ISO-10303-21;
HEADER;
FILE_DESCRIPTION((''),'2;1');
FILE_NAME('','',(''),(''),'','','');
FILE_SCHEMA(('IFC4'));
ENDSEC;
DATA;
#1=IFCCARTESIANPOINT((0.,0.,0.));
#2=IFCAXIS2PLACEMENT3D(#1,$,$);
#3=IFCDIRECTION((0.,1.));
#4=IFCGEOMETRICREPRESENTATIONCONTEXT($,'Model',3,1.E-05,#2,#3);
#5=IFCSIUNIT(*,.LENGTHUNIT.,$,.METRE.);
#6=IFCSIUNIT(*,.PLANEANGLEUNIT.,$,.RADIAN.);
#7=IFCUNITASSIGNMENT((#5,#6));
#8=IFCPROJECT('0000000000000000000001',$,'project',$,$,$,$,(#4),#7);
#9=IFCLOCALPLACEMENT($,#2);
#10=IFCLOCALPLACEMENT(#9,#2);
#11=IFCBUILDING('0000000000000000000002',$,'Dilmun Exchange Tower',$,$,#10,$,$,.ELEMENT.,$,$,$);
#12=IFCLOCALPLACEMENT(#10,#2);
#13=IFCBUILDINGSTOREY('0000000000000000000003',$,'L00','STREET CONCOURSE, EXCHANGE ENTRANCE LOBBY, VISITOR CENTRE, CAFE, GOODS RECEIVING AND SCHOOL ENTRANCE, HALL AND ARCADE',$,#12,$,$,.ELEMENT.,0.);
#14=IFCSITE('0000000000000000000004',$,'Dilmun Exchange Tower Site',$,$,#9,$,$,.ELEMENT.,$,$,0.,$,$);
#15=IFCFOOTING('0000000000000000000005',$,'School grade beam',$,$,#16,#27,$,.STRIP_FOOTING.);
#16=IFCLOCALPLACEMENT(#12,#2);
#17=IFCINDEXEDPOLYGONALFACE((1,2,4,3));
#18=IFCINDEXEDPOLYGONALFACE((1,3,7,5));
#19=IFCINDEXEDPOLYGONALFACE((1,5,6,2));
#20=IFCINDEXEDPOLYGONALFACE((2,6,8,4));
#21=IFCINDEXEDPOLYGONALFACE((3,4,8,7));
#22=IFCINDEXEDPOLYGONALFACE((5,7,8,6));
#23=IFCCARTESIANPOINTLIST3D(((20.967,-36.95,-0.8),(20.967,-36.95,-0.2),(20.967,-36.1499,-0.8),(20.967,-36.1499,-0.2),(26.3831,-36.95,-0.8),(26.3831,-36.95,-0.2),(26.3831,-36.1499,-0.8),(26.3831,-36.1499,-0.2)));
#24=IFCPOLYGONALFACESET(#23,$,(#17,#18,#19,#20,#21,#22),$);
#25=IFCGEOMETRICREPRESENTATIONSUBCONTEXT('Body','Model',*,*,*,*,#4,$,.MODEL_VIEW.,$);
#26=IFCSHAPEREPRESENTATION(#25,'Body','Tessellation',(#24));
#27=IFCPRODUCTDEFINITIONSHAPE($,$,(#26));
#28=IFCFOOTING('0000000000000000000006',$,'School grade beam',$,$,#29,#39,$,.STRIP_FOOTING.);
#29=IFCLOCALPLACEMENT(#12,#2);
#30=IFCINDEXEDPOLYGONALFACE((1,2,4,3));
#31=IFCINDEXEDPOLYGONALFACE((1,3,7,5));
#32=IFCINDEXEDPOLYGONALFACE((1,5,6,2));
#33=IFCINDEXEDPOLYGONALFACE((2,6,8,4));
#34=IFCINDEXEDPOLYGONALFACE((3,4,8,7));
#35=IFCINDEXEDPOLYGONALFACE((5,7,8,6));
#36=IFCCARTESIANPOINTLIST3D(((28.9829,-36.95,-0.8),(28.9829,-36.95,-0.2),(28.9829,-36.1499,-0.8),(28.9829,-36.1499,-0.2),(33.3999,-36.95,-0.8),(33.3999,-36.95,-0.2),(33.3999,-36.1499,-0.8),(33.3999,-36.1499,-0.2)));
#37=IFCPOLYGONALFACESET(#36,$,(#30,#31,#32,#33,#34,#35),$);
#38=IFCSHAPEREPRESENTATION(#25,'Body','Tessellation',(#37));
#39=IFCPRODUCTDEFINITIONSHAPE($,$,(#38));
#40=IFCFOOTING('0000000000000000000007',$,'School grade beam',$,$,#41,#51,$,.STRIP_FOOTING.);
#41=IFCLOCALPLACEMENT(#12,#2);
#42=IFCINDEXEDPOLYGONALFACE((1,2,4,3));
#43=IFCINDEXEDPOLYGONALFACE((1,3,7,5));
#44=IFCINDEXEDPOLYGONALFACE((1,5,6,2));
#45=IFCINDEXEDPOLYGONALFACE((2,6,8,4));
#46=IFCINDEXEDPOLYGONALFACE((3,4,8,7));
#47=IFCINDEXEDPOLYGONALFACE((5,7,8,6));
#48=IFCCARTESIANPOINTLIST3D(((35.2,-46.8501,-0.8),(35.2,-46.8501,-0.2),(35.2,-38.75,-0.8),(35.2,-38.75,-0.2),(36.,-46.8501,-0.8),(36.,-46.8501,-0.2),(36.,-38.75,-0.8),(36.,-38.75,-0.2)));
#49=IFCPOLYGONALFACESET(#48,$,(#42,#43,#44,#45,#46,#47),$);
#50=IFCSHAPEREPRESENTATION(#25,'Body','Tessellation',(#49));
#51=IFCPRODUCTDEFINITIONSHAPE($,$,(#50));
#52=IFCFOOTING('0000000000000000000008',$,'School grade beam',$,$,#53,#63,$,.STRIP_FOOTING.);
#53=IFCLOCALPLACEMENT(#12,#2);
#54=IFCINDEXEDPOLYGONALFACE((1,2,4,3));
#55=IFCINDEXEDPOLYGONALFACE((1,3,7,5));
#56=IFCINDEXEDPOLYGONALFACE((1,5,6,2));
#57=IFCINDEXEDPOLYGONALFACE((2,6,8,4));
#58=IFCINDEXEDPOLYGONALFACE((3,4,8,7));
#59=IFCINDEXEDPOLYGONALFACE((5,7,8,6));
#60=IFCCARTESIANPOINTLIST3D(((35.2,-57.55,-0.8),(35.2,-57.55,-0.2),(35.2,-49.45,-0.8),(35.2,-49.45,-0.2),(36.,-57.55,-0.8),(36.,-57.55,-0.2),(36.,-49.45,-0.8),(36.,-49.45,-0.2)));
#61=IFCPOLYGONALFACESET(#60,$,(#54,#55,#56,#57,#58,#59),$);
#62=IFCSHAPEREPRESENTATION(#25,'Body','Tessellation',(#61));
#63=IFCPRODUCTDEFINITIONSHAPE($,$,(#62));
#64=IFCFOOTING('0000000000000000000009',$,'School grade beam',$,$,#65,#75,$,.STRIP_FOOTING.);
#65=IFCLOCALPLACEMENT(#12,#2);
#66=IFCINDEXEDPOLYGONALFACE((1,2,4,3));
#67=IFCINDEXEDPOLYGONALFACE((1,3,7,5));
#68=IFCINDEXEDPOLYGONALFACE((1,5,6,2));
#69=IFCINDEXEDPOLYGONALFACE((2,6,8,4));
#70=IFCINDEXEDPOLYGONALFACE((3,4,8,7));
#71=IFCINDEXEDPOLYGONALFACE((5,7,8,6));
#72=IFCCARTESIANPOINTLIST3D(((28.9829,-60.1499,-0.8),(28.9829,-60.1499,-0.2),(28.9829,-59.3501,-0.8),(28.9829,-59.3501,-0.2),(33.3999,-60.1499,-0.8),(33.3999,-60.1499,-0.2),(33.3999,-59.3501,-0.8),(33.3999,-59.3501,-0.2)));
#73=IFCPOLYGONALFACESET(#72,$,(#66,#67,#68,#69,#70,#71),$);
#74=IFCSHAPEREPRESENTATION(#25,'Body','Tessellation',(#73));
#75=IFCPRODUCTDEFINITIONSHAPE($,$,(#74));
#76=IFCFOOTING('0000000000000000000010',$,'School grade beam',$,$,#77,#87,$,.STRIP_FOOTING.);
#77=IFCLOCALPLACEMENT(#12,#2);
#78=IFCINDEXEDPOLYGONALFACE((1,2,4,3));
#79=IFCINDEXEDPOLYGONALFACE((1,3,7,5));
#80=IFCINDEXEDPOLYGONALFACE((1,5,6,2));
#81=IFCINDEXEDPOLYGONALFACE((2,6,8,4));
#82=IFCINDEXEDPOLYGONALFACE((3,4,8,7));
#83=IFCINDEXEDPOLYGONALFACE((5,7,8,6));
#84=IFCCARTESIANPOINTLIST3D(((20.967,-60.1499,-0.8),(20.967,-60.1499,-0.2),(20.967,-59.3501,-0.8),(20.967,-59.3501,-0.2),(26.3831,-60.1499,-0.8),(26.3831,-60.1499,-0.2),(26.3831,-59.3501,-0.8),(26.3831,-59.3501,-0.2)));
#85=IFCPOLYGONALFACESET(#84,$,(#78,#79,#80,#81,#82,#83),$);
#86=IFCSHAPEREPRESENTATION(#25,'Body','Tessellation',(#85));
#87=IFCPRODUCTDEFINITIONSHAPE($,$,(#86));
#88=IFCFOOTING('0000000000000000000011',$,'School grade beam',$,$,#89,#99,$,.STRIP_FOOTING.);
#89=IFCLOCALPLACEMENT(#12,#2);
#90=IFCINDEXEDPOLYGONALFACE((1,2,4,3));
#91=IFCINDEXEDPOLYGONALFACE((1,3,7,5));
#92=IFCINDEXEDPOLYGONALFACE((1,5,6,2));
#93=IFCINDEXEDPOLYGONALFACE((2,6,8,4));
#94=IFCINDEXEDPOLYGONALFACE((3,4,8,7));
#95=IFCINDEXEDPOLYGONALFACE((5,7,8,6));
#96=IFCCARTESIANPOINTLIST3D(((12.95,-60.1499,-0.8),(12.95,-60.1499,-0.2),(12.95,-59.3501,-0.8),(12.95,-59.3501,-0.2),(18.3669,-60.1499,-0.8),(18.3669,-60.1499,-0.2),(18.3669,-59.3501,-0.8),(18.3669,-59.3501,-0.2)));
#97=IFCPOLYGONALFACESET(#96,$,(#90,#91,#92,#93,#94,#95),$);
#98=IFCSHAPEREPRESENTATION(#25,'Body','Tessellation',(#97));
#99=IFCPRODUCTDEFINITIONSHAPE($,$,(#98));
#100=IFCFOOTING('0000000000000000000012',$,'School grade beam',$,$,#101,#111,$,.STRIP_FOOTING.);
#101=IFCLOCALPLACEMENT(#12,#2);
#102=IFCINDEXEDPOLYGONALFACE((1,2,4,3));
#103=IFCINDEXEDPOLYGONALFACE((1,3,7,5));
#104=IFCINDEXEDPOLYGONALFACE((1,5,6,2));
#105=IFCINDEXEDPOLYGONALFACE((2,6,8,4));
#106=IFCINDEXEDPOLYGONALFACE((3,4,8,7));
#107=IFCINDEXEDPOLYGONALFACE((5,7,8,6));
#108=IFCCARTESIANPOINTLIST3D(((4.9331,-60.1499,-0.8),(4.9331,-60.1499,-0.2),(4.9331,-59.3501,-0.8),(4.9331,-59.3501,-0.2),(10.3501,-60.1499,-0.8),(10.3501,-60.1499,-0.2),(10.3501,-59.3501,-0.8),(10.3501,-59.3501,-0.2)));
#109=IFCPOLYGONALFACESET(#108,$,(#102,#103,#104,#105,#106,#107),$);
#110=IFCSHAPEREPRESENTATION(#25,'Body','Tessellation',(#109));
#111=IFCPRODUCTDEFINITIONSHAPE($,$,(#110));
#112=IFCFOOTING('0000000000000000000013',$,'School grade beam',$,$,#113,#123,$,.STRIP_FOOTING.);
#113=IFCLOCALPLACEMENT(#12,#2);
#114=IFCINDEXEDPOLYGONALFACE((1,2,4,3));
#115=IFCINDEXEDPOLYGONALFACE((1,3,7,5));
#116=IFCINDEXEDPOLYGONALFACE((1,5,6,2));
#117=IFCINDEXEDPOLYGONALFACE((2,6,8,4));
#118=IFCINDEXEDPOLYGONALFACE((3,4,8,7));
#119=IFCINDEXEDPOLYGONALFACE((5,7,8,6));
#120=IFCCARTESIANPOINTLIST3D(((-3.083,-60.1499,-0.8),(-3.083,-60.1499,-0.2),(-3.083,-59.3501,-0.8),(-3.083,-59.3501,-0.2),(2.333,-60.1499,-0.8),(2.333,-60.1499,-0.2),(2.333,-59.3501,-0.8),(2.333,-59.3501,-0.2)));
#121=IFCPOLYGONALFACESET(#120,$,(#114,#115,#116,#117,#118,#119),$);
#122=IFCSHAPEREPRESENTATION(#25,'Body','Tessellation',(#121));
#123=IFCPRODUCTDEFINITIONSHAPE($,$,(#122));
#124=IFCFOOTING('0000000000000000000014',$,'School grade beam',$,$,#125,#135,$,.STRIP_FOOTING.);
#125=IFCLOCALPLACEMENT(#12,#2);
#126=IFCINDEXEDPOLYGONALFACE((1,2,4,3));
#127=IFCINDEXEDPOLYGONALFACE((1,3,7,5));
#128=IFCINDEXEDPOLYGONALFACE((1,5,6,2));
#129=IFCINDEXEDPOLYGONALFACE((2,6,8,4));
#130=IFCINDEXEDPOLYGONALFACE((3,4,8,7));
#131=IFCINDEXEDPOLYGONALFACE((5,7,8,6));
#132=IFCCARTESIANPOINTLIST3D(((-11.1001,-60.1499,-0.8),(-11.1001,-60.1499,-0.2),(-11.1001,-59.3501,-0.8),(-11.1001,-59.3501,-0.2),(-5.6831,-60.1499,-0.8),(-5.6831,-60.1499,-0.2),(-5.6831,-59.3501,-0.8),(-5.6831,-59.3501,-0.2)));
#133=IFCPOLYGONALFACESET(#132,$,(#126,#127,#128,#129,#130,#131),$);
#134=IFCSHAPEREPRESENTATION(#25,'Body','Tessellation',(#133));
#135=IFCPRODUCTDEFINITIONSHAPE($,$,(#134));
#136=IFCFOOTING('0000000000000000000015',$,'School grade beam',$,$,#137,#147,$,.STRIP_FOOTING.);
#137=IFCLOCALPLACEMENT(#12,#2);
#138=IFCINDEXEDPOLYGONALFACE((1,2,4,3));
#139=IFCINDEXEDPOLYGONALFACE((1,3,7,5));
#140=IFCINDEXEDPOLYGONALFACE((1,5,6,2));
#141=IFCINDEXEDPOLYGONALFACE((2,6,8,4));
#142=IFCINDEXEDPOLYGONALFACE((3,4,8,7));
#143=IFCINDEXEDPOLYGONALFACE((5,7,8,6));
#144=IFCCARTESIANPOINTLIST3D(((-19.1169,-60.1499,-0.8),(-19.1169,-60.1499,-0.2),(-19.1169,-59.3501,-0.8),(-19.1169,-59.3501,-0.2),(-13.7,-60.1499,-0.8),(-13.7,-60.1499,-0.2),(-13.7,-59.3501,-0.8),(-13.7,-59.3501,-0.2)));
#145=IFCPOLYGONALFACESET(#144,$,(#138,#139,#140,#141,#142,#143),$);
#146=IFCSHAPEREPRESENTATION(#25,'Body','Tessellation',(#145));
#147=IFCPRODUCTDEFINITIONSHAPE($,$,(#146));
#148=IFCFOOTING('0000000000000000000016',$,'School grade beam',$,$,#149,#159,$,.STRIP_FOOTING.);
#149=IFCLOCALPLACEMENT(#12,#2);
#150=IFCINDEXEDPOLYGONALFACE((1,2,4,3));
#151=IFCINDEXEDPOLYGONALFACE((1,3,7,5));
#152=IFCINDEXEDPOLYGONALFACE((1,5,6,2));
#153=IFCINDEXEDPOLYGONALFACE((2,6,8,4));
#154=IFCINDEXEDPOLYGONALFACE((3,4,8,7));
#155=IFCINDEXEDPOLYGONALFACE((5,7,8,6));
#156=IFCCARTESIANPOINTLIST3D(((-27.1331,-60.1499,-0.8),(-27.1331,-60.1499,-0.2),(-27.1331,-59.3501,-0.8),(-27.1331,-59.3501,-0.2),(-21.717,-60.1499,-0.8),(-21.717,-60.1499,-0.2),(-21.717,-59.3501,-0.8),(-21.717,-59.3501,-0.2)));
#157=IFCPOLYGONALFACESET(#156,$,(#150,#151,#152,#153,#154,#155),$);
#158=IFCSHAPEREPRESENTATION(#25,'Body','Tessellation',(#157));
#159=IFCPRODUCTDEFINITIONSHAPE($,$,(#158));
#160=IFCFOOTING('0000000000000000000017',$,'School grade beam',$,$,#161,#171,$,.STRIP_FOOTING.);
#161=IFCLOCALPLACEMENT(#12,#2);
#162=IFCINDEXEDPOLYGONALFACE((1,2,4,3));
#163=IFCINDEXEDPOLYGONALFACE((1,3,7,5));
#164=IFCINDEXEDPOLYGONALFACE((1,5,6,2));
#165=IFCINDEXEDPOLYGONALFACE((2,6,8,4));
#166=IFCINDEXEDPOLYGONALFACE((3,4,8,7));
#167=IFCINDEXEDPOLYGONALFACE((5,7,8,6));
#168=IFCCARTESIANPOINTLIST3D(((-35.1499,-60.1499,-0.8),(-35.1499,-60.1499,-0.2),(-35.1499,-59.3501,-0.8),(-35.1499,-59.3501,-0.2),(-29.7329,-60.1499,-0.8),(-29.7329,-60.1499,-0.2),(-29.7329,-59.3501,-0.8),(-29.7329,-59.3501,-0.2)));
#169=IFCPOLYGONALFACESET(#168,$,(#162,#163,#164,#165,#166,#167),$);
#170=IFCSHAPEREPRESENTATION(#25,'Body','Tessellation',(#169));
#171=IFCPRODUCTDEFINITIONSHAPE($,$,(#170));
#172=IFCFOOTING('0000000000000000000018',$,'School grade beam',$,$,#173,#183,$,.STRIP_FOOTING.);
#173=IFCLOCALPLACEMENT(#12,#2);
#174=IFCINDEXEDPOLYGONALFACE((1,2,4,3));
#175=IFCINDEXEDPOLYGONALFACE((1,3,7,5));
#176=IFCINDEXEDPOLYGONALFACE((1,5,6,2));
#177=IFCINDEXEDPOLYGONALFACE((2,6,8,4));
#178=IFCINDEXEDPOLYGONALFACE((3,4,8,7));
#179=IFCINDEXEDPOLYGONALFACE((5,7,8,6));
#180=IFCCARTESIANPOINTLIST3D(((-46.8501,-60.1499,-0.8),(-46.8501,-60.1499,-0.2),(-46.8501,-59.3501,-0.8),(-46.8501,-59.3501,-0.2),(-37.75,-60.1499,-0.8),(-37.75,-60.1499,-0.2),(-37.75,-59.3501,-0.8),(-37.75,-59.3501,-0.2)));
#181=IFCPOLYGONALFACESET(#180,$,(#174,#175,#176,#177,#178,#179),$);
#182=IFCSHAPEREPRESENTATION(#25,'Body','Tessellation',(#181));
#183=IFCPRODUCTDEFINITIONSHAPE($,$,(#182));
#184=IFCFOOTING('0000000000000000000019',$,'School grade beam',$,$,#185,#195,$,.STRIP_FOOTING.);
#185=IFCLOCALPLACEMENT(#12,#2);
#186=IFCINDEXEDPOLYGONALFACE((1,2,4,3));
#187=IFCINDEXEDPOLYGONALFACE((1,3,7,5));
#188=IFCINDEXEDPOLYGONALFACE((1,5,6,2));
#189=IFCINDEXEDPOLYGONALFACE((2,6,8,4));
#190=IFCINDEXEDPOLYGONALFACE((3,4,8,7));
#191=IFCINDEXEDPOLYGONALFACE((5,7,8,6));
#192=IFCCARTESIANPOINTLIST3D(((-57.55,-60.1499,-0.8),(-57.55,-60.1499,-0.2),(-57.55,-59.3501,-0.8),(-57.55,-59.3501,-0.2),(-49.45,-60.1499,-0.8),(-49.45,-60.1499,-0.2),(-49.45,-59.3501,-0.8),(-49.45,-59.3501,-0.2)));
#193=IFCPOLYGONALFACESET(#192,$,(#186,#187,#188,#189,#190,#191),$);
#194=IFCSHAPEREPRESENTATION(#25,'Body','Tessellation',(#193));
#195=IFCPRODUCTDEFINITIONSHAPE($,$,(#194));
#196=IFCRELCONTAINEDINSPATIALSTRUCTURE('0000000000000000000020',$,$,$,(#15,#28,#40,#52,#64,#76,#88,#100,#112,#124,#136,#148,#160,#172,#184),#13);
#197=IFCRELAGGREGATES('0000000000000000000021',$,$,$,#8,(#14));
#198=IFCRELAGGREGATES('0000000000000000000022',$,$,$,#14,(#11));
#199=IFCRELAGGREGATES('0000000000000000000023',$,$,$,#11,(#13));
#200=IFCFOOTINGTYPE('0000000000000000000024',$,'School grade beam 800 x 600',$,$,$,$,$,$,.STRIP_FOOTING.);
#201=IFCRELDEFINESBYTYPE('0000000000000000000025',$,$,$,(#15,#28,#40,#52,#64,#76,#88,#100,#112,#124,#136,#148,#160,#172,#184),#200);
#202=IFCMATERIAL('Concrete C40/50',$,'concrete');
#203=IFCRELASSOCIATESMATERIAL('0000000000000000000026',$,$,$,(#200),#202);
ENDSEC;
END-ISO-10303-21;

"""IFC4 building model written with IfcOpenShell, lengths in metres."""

from ifc_helpers import new_model, si_unit, direction, frame, origin, place, context, subcontext, project, spatial, polyline, outline, extrude, material, type_object, element, save


model = new_model("IFC4")

# Units and contexts
model_context = context("Model", 3, precision=1e-05, world=origin(), true_north=direction((0.0, 1.0)))
body_context = subcontext(model_context, "Body", "Model", "MODEL_VIEW")
ifc_project = project(units=[si_unit("LENGTHUNIT", "METRE"), si_unit("PLANEANGLEUNIT", "RADIAN")], contexts=[model_context])

# Site, building, storey
site_placement = place(None, origin())
site = spatial("IfcSite", under=ifc_project, at=site_placement, Name="Dilmun Exchange Tower Site", CompositionType="ELEMENT", RefElevation=0.0)
building_placement = place(site_placement, origin())
building = spatial("IfcBuilding", under=site, at=building_placement, Name="Dilmun Exchange Tower", CompositionType="ELEMENT")
storey_placement = place(building_placement, origin())
storey = spatial("IfcBuildingStorey", under=building, at=storey_placement, Name="L00", Description="STREET CONCOURSE, EXCHANGE ENTRANCE LOBBY, VISITOR CENTRE, CAFE, GOODS RECEIVING AND SCHOOL ENTRANCE, HALL AND ARCADE", CompositionType="ELEMENT", Elevation=0.0)

# Footings
ifc_material = material(Name="Concrete C40/50", Category="concrete")
footing_type = type_object("IfcFootingType", Name="School grade beam 800 x 600", PredefinedType="STRIP_FOOTING", material=ifc_material)
footing_1_placement = place(storey_placement, frame((0.0, 0.0, -0.8)))
element("IfcFooting", 1, at=footing_1_placement, inside=storey, type_object=footing_type, Name="School grade beam", PredefinedType="STRIP_FOOTING", context=body_context, shape_type="SweptSolid", body=[
    extrude(outline(polyline([(26.3831, -36.95), (20.967, -36.95), (20.967, -36.1499), (26.3831, -36.1499), (26.3831, -36.95)])), origin(), (0.0, 0.0, 1.0), 0.6001),
])
footing_2_placement = place(storey_placement, frame((0.0, 0.0, -0.8)))
element("IfcFooting", 2, at=footing_2_placement, inside=storey, type_object=footing_type, Name="School grade beam", PredefinedType="STRIP_FOOTING", context=body_context, shape_type="SweptSolid", body=[
    extrude(outline(polyline([(33.3999, -36.95), (28.9829, -36.95), (28.9829, -36.1499), (33.3999, -36.1499), (33.3999, -36.95)])), origin(), (0.0, 0.0, 1.0), 0.6001),
])
footing_3_placement = place(storey_placement, frame((0.0, 0.0, -0.8)))
element("IfcFooting", 3, at=footing_3_placement, inside=storey, type_object=footing_type, Name="School grade beam", PredefinedType="STRIP_FOOTING", context=body_context, shape_type="SweptSolid", body=[
    extrude(outline(polyline([(35.2, -46.8501), (35.2, -38.75), (36.0, -38.75), (36.0, -46.8501), (35.2, -46.8501)])), origin(), (0.0, 0.0, 1.0), 0.6001),
])
footing_4_placement = place(storey_placement, frame((0.0, 0.0, -0.8)))
element("IfcFooting", 4, at=footing_4_placement, inside=storey, type_object=footing_type, Name="School grade beam", PredefinedType="STRIP_FOOTING", context=body_context, shape_type="SweptSolid", body=[
    extrude(outline(polyline([(35.2, -57.55), (35.2, -49.45), (36.0, -49.45), (36.0, -57.55), (35.2, -57.55)])), origin(), (0.0, 0.0, 1.0), 0.6001),
])
footing_5_placement = place(storey_placement, frame((0.0, 0.0, -0.8)))
element("IfcFooting", 5, at=footing_5_placement, inside=storey, type_object=footing_type, Name="School grade beam", PredefinedType="STRIP_FOOTING", context=body_context, shape_type="SweptSolid", body=[
    extrude(outline(polyline([(28.9829, -59.3501), (33.3999, -59.3501), (33.3999, -60.1499), (28.9829, -60.1499), (28.9829, -59.3501)])), origin(), (0.0, 0.0, 1.0), 0.6001),
])
footing_6_placement = place(storey_placement, frame((0.0, 0.0, -0.8)))
element("IfcFooting", 6, at=footing_6_placement, inside=storey, type_object=footing_type, Name="School grade beam", PredefinedType="STRIP_FOOTING", context=body_context, shape_type="SweptSolid", body=[
    extrude(outline(polyline([(20.967, -59.3501), (26.3831, -59.3501), (26.3831, -60.1499), (20.967, -60.1499), (20.967, -59.3501)])), origin(), (0.0, 0.0, 1.0), 0.6001),
])
footing_7_placement = place(storey_placement, frame((0.0, 0.0, -0.8)))
element("IfcFooting", 7, at=footing_7_placement, inside=storey, type_object=footing_type, Name="School grade beam", PredefinedType="STRIP_FOOTING", context=body_context, shape_type="SweptSolid", body=[
    extrude(outline(polyline([(12.95, -59.3501), (18.3669, -59.3501), (18.3669, -60.1499), (12.95, -60.1499), (12.95, -59.3501)])), origin(), (0.0, 0.0, 1.0), 0.6001),
])
footing_8_placement = place(storey_placement, frame((0.0, 0.0, -0.8)))
element("IfcFooting", 8, at=footing_8_placement, inside=storey, type_object=footing_type, Name="School grade beam", PredefinedType="STRIP_FOOTING", context=body_context, shape_type="SweptSolid", body=[
    extrude(outline(polyline([(4.9331, -59.3501), (10.3501, -59.3501), (10.3501, -60.1499), (4.9331, -60.1499), (4.9331, -59.3501)])), origin(), (0.0, 0.0, 1.0), 0.6001),
])
footing_9_placement = place(storey_placement, frame((0.0, 0.0, -0.8)))
element("IfcFooting", 9, at=footing_9_placement, inside=storey, type_object=footing_type, Name="School grade beam", PredefinedType="STRIP_FOOTING", context=body_context, shape_type="SweptSolid", body=[
    extrude(outline(polyline([(-3.083, -59.3501), (2.333, -59.3501), (2.333, -60.1499), (-3.083, -60.1499), (-3.083, -59.3501)])), origin(), (0.0, 0.0, 1.0), 0.6001),
])
footing_10_placement = place(storey_placement, frame((0.0, 0.0, -0.8)))
element("IfcFooting", 10, at=footing_10_placement, inside=storey, type_object=footing_type, Name="School grade beam", PredefinedType="STRIP_FOOTING", context=body_context, shape_type="SweptSolid", body=[
    extrude(outline(polyline([(-11.1001, -59.3501), (-5.6831, -59.3501), (-5.6831, -60.1499), (-11.1001, -60.1499), (-11.1001, -59.3501)])), origin(), (0.0, 0.0, 1.0), 0.6001),
])
footing_11_placement = place(storey_placement, frame((0.0, 0.0, -0.8)))
element("IfcFooting", 11, at=footing_11_placement, inside=storey, type_object=footing_type, Name="School grade beam", PredefinedType="STRIP_FOOTING", context=body_context, shape_type="SweptSolid", body=[
    extrude(outline(polyline([(-19.1169, -59.3501), (-13.7, -59.3501), (-13.7, -60.1499), (-19.1169, -60.1499), (-19.1169, -59.3501)])), origin(), (0.0, 0.0, 1.0), 0.6001),
])
footing_12_placement = place(storey_placement, frame((0.0, 0.0, -0.8)))
element("IfcFooting", 12, at=footing_12_placement, inside=storey, type_object=footing_type, Name="School grade beam", PredefinedType="STRIP_FOOTING", context=body_context, shape_type="SweptSolid", body=[
    extrude(outline(polyline([(-27.1331, -59.3501), (-21.717, -59.3501), (-21.717, -60.1499), (-27.1331, -60.1499), (-27.1331, -59.3501)])), origin(), (0.0, 0.0, 1.0), 0.6001),
])
footing_13_placement = place(storey_placement, frame((0.0, 0.0, -0.8)))
element("IfcFooting", 13, at=footing_13_placement, inside=storey, type_object=footing_type, Name="School grade beam", PredefinedType="STRIP_FOOTING", context=body_context, shape_type="SweptSolid", body=[
    extrude(outline(polyline([(-35.1499, -59.3501), (-29.7329, -59.3501), (-29.7329, -60.1499), (-35.1499, -60.1499), (-35.1499, -59.3501)])), origin(), (0.0, 0.0, 1.0), 0.6001),
])
footing_14_placement = place(storey_placement, frame((0.0, 0.0, -0.8)))
element("IfcFooting", 14, at=footing_14_placement, inside=storey, type_object=footing_type, Name="School grade beam", PredefinedType="STRIP_FOOTING", context=body_context, shape_type="SweptSolid", body=[
    extrude(outline(polyline([(-46.8501, -59.3501), (-37.75, -59.3501), (-37.75, -60.1499), (-46.8501, -60.1499), (-46.8501, -59.3501)])), origin(), (0.0, 0.0, 1.0), 0.6001),
])
footing_15_placement = place(storey_placement, frame((0.0, 0.0, -0.8)))
element("IfcFooting", 15, at=footing_15_placement, inside=storey, type_object=footing_type, Name="School grade beam", PredefinedType="STRIP_FOOTING", context=body_context, shape_type="SweptSolid", body=[
    extrude(outline(polyline([(-57.55, -59.3501), (-49.45, -59.3501), (-49.45, -60.1499), (-57.55, -60.1499), (-57.55, -59.3501)])), origin(), (0.0, 0.0, 1.0), 0.6001),
])

save(model, "model.ifc")
